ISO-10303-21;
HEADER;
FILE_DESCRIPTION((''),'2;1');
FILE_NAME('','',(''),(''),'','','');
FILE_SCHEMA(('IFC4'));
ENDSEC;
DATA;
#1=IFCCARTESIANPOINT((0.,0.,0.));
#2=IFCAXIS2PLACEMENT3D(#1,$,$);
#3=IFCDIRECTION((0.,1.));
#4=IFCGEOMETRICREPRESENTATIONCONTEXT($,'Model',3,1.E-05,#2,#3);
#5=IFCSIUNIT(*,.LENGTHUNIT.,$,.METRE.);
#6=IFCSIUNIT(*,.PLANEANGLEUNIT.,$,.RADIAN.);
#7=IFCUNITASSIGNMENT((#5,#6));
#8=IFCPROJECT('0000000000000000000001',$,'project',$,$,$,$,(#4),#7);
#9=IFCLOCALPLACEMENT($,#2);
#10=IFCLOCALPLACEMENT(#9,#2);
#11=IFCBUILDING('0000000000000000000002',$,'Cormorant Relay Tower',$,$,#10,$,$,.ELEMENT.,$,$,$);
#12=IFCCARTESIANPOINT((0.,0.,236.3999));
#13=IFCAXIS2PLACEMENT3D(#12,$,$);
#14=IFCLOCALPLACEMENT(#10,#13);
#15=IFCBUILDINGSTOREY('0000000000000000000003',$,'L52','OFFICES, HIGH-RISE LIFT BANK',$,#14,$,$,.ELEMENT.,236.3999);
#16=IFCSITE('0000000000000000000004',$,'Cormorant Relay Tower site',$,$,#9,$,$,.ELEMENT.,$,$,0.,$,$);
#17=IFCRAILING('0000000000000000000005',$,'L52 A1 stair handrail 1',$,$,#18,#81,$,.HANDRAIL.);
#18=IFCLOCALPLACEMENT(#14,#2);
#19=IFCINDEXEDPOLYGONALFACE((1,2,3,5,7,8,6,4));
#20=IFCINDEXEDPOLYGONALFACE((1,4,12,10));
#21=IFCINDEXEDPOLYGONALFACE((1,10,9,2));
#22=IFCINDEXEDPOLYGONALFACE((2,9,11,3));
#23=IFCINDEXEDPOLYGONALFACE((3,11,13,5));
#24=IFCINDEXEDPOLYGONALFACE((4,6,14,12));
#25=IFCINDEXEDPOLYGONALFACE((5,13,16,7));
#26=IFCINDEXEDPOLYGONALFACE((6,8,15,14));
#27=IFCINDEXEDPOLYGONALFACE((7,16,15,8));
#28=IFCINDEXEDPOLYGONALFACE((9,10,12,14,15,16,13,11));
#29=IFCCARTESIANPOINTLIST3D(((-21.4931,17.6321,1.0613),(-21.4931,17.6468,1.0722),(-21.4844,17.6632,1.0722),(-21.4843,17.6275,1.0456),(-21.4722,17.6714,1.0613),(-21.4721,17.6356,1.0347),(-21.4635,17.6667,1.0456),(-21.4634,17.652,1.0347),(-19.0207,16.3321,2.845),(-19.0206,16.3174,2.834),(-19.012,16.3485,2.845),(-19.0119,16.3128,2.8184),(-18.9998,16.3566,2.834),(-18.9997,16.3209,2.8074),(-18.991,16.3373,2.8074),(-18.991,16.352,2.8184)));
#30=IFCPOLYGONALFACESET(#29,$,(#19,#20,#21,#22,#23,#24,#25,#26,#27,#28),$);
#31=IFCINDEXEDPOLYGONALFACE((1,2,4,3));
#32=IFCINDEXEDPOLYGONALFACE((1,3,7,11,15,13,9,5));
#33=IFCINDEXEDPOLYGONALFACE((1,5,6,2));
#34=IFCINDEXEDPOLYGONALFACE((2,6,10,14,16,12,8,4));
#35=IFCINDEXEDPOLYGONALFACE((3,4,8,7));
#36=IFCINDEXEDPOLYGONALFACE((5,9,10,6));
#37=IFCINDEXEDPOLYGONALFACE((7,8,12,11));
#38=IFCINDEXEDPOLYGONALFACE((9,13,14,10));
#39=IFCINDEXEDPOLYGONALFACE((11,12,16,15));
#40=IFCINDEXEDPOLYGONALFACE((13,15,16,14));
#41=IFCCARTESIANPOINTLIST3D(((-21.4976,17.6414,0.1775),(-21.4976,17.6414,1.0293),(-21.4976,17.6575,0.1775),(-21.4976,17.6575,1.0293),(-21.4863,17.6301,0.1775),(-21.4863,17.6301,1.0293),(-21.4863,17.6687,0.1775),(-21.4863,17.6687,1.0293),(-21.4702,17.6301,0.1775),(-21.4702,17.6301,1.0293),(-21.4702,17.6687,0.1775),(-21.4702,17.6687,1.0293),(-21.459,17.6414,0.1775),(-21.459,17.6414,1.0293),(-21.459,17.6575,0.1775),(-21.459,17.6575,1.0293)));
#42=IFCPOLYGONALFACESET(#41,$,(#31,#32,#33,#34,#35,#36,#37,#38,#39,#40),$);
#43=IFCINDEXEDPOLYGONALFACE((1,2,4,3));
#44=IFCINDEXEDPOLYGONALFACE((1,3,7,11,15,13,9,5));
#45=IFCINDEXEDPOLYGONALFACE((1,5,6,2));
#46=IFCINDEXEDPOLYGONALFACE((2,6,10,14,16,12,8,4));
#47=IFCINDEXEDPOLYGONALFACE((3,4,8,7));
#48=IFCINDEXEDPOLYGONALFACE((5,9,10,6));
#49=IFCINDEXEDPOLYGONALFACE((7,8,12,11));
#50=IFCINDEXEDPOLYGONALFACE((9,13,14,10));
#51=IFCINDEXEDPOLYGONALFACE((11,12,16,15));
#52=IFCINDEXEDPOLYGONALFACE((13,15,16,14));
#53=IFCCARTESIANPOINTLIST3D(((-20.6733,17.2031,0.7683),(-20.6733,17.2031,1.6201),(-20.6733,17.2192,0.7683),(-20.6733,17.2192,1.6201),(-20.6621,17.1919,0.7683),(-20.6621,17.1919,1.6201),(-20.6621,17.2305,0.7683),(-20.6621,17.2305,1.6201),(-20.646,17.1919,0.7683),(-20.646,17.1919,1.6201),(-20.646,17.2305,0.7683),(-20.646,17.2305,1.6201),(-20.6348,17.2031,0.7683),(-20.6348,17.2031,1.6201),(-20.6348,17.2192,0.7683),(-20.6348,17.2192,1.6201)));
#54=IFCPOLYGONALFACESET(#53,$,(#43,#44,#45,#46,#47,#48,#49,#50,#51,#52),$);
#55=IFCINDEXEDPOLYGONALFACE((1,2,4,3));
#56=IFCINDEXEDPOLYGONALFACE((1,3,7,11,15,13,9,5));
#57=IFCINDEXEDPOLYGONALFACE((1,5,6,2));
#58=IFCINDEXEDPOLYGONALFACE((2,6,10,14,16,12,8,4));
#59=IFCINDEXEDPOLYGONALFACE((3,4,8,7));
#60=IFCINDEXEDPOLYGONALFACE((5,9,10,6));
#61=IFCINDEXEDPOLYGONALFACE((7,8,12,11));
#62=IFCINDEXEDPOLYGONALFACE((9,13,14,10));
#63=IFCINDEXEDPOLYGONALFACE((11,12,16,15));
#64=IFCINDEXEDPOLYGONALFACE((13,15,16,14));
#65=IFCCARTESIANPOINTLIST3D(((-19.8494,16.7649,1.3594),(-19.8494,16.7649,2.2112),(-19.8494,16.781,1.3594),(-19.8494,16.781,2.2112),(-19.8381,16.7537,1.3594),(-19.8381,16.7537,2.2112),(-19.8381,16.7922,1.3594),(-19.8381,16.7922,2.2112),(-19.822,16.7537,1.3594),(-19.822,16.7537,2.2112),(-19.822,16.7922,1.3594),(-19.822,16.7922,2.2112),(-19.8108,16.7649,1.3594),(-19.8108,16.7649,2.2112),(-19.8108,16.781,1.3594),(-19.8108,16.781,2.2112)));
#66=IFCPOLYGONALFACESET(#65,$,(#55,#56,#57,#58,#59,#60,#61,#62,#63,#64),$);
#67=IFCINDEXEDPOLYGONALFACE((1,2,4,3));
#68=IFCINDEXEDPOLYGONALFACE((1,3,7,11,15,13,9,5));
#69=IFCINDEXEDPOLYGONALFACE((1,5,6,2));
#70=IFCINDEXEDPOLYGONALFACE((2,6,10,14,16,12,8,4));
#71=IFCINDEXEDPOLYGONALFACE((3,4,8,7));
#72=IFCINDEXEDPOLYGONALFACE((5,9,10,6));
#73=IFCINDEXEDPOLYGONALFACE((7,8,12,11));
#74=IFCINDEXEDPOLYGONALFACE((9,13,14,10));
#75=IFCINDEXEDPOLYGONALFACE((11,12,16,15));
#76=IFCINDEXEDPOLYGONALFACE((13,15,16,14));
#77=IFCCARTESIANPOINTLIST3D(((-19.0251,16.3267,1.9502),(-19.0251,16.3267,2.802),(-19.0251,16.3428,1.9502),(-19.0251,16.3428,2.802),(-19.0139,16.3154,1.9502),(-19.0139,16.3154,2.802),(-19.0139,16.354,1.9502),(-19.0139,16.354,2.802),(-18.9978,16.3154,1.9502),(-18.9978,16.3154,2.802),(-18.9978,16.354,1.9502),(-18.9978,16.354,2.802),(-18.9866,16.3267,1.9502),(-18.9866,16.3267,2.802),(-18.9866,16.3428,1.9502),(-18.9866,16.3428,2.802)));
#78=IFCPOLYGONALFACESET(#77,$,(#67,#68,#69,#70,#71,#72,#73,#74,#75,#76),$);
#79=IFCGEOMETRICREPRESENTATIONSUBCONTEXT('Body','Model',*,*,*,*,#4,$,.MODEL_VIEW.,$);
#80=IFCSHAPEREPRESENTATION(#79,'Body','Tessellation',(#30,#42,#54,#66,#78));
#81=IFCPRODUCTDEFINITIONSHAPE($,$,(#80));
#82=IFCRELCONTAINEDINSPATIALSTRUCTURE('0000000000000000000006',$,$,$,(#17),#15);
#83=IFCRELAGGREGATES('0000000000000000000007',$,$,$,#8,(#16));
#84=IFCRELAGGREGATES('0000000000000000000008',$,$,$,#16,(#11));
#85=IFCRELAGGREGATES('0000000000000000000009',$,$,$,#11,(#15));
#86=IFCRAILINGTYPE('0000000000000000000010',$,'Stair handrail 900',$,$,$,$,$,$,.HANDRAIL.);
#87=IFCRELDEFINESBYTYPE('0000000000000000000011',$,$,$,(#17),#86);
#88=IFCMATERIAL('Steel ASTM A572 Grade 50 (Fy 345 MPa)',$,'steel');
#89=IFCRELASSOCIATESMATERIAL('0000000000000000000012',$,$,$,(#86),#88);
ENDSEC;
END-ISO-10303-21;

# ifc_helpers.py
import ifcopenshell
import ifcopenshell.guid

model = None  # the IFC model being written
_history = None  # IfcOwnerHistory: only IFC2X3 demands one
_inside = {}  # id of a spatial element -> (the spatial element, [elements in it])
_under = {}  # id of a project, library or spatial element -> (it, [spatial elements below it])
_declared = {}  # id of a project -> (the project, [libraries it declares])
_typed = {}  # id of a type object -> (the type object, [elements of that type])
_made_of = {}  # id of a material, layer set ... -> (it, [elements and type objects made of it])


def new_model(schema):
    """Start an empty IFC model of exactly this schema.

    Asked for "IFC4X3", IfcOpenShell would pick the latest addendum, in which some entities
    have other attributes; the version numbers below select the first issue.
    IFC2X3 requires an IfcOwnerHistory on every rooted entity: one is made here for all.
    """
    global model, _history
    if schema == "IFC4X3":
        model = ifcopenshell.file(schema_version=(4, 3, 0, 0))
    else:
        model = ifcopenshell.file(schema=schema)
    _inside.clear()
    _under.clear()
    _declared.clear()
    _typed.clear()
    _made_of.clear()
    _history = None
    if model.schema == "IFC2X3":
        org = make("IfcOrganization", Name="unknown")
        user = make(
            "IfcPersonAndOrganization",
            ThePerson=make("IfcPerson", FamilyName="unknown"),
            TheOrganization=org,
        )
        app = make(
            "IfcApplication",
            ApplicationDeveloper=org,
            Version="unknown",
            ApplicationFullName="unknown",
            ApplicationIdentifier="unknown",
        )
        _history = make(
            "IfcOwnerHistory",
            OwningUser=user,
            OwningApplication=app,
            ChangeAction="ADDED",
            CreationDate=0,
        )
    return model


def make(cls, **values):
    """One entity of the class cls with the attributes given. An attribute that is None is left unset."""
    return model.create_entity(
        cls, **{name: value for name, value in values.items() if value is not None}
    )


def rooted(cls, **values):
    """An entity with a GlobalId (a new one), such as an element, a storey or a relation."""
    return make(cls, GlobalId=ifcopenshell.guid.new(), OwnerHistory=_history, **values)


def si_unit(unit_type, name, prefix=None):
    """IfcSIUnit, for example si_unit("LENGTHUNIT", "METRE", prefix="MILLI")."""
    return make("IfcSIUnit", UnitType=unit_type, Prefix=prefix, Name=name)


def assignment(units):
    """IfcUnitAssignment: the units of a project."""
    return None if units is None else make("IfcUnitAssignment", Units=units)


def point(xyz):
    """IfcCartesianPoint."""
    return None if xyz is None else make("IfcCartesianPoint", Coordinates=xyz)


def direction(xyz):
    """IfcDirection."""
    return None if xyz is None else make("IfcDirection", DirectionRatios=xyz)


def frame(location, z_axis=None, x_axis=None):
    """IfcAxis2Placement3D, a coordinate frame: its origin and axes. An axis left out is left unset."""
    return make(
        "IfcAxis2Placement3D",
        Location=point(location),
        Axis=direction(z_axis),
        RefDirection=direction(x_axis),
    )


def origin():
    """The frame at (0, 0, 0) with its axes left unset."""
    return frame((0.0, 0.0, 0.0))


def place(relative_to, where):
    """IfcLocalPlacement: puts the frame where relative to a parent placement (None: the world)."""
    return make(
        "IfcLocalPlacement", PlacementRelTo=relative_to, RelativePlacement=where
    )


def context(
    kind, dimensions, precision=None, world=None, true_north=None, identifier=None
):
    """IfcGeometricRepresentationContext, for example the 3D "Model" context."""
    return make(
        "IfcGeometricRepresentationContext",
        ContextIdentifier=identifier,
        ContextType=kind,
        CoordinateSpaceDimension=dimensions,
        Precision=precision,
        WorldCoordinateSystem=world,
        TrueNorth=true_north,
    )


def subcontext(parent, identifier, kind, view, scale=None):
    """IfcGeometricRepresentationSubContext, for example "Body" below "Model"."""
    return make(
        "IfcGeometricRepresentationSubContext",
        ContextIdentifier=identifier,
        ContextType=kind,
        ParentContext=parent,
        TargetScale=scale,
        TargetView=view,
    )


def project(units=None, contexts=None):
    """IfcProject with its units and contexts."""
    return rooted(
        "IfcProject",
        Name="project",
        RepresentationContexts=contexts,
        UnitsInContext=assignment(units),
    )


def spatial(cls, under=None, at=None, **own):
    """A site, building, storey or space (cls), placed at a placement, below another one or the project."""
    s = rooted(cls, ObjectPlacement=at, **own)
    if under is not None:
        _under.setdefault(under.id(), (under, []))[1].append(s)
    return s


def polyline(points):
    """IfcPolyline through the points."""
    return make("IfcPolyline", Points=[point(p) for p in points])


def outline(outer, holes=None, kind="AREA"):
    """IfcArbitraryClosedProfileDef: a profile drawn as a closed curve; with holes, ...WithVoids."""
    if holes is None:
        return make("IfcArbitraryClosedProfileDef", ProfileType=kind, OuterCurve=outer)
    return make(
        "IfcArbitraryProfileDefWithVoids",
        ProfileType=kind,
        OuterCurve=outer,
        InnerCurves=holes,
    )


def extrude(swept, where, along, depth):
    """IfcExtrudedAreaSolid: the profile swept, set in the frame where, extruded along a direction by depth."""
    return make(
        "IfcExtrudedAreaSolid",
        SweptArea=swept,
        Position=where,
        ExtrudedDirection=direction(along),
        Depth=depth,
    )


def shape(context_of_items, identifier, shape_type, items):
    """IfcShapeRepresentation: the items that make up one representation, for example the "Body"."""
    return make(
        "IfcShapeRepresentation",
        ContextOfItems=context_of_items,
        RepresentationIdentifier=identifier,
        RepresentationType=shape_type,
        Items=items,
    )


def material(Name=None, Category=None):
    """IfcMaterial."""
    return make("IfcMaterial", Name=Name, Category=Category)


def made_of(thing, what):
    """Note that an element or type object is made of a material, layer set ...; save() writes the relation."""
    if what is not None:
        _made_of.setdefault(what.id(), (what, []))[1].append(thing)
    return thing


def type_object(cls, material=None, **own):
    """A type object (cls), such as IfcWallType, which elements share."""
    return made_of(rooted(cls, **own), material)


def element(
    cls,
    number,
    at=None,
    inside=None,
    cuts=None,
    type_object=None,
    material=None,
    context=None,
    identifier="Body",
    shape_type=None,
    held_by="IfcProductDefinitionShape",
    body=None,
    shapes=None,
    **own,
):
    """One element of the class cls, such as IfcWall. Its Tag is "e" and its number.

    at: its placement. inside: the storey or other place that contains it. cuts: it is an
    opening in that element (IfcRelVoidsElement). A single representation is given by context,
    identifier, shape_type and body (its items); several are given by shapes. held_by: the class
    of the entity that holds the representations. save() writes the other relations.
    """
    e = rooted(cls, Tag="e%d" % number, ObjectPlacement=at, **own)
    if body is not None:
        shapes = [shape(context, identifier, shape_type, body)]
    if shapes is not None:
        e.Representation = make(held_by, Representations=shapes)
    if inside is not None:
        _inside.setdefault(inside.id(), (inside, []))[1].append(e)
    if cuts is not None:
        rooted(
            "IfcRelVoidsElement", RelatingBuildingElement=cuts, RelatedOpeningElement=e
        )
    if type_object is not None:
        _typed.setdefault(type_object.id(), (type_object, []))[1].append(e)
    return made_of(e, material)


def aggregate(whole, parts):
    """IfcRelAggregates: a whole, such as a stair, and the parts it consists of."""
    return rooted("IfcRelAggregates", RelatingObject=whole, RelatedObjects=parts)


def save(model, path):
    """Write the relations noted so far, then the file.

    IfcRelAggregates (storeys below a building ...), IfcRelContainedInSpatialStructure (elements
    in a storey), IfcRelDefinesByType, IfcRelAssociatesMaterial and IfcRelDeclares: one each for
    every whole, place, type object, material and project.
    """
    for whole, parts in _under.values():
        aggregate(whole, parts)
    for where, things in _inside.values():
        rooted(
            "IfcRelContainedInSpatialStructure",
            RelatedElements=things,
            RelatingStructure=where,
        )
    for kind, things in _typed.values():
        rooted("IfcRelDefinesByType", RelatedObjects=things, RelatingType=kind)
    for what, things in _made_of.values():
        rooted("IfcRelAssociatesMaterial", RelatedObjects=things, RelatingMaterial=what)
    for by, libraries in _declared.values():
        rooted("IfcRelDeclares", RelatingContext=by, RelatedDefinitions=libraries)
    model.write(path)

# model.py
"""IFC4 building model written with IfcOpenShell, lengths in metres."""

from ifc_helpers import new_model, si_unit, direction, frame, origin, place, context, subcontext, project, spatial, polyline, outline, extrude, material, type_object, element, save


model = new_model("IFC4")

# Units and contexts
model_context = context("Model", 3, precision=1e-05, world=origin(), true_north=direction((0.0, 1.0)))
body_context = subcontext(model_context, "Body", "Model", "MODEL_VIEW")
ifc_project = project(units=[si_unit("LENGTHUNIT", "METRE"), si_unit("PLANEANGLEUNIT", "RADIAN")], contexts=[model_context])

# Site, building, storey
site_placement = place(None, origin())
site = spatial("IfcSite", under=ifc_project, at=site_placement, Name="Cormorant Relay Tower site", CompositionType="ELEMENT", RefElevation=0.0)
building_placement = place(site_placement, origin())
building = spatial("IfcBuilding", under=site, at=building_placement, Name="Cormorant Relay Tower", CompositionType="ELEMENT")
storey_placement = place(building_placement, frame((0.0, 0.0, 236.3999)))
storey = spatial("IfcBuildingStorey", under=building, at=storey_placement, Name="L52", Description="OFFICES, HIGH-RISE LIFT BANK", CompositionType="ELEMENT", Elevation=236.3999)

# Railing
ifc_material_1 = material(Name="Steel ASTM A572 Grade 50 (Fy 345 MPa)", Category="steel")
railing_type = type_object("IfcRailingType", Name="Stair handrail 900", PredefinedType="HANDRAIL", material=ifc_material_1)
railing_placement = place(storey_placement, frame((-21.4783, 17.6494, 0.1775)))
element("IfcRailing", 1, at=railing_placement, inside=storey, type_object=railing_type, Name="L52 A1 stair handrail 1", PredefinedType="HANDRAIL", context=body_context, shape_type="SweptSolid", body=[
    extrude(outline(polyline([(0.0222, 0.0093), (0.0093, 0.0222), (-0.0093, 0.0222), (-0.0222, 0.0093), (-0.0222, -0.0093), (-0.0093, -0.0222), (0.0093, -0.0222), (0.0222, -0.0093), (0.0222, 0.0093)])), frame((0.0, 0.0, 0.876), z_axis=(0.746012, -0.39669, 0.534886), x_axis=(0.469497, 0.882934, 0.0)), (0.0, 0.0, 1.0), 3.3142),
    extrude(outline(polyline([(0.0193, 0.0081), (0.0081, 0.0193), (-0.0081, 0.0193), (-0.0193, 0.0081), (-0.0193, -0.0081), (-0.0081, -0.0193), (0.0081, -0.0193), (0.0193, -0.0081), (0.0193, 0.0081)])), origin(), (0.0, 0.0, 1.0), 0.8518),
    extrude(outline(polyline([(0.0193, 0.0081), (0.0081, 0.0193), (-0.0081, 0.0193), (-0.0193, 0.0081), (-0.0193, -0.0081), (-0.0081, -0.0193), (0.0081, -0.0193), (0.0193, -0.0081), (0.0193, 0.0081)])), frame((0.8242, -0.4382, 0.5908)), (0.0, 0.0, 1.0), 0.8518),
    extrude(outline(polyline([(0.0193, 0.0081), (0.0081, 0.0193), (-0.0081, 0.0193), (-0.0193, 0.0081), (-0.0193, -0.0081), (-0.0081, -0.0193), (0.0081, -0.0193), (0.0193, -0.0081), (0.0193, 0.0081)])), frame((1.6482, -0.8765, 1.1819)), (0.0, 0.0, 1.0), 0.8518),
    extrude(outline(polyline([(0.0193, 0.0081), (0.0081, 0.0193), (-0.0081, 0.0193), (-0.0193, 0.0081), (-0.0193, -0.0081), (-0.0081, -0.0193), (0.0081, -0.0193), (0.0193, -0.0081), (0.0193, 0.0081)])), frame((2.4724, -1.3147, 1.7727)), (0.0, 0.0, 1.0), 0.8518),
])

save(model, "model.ifc")
